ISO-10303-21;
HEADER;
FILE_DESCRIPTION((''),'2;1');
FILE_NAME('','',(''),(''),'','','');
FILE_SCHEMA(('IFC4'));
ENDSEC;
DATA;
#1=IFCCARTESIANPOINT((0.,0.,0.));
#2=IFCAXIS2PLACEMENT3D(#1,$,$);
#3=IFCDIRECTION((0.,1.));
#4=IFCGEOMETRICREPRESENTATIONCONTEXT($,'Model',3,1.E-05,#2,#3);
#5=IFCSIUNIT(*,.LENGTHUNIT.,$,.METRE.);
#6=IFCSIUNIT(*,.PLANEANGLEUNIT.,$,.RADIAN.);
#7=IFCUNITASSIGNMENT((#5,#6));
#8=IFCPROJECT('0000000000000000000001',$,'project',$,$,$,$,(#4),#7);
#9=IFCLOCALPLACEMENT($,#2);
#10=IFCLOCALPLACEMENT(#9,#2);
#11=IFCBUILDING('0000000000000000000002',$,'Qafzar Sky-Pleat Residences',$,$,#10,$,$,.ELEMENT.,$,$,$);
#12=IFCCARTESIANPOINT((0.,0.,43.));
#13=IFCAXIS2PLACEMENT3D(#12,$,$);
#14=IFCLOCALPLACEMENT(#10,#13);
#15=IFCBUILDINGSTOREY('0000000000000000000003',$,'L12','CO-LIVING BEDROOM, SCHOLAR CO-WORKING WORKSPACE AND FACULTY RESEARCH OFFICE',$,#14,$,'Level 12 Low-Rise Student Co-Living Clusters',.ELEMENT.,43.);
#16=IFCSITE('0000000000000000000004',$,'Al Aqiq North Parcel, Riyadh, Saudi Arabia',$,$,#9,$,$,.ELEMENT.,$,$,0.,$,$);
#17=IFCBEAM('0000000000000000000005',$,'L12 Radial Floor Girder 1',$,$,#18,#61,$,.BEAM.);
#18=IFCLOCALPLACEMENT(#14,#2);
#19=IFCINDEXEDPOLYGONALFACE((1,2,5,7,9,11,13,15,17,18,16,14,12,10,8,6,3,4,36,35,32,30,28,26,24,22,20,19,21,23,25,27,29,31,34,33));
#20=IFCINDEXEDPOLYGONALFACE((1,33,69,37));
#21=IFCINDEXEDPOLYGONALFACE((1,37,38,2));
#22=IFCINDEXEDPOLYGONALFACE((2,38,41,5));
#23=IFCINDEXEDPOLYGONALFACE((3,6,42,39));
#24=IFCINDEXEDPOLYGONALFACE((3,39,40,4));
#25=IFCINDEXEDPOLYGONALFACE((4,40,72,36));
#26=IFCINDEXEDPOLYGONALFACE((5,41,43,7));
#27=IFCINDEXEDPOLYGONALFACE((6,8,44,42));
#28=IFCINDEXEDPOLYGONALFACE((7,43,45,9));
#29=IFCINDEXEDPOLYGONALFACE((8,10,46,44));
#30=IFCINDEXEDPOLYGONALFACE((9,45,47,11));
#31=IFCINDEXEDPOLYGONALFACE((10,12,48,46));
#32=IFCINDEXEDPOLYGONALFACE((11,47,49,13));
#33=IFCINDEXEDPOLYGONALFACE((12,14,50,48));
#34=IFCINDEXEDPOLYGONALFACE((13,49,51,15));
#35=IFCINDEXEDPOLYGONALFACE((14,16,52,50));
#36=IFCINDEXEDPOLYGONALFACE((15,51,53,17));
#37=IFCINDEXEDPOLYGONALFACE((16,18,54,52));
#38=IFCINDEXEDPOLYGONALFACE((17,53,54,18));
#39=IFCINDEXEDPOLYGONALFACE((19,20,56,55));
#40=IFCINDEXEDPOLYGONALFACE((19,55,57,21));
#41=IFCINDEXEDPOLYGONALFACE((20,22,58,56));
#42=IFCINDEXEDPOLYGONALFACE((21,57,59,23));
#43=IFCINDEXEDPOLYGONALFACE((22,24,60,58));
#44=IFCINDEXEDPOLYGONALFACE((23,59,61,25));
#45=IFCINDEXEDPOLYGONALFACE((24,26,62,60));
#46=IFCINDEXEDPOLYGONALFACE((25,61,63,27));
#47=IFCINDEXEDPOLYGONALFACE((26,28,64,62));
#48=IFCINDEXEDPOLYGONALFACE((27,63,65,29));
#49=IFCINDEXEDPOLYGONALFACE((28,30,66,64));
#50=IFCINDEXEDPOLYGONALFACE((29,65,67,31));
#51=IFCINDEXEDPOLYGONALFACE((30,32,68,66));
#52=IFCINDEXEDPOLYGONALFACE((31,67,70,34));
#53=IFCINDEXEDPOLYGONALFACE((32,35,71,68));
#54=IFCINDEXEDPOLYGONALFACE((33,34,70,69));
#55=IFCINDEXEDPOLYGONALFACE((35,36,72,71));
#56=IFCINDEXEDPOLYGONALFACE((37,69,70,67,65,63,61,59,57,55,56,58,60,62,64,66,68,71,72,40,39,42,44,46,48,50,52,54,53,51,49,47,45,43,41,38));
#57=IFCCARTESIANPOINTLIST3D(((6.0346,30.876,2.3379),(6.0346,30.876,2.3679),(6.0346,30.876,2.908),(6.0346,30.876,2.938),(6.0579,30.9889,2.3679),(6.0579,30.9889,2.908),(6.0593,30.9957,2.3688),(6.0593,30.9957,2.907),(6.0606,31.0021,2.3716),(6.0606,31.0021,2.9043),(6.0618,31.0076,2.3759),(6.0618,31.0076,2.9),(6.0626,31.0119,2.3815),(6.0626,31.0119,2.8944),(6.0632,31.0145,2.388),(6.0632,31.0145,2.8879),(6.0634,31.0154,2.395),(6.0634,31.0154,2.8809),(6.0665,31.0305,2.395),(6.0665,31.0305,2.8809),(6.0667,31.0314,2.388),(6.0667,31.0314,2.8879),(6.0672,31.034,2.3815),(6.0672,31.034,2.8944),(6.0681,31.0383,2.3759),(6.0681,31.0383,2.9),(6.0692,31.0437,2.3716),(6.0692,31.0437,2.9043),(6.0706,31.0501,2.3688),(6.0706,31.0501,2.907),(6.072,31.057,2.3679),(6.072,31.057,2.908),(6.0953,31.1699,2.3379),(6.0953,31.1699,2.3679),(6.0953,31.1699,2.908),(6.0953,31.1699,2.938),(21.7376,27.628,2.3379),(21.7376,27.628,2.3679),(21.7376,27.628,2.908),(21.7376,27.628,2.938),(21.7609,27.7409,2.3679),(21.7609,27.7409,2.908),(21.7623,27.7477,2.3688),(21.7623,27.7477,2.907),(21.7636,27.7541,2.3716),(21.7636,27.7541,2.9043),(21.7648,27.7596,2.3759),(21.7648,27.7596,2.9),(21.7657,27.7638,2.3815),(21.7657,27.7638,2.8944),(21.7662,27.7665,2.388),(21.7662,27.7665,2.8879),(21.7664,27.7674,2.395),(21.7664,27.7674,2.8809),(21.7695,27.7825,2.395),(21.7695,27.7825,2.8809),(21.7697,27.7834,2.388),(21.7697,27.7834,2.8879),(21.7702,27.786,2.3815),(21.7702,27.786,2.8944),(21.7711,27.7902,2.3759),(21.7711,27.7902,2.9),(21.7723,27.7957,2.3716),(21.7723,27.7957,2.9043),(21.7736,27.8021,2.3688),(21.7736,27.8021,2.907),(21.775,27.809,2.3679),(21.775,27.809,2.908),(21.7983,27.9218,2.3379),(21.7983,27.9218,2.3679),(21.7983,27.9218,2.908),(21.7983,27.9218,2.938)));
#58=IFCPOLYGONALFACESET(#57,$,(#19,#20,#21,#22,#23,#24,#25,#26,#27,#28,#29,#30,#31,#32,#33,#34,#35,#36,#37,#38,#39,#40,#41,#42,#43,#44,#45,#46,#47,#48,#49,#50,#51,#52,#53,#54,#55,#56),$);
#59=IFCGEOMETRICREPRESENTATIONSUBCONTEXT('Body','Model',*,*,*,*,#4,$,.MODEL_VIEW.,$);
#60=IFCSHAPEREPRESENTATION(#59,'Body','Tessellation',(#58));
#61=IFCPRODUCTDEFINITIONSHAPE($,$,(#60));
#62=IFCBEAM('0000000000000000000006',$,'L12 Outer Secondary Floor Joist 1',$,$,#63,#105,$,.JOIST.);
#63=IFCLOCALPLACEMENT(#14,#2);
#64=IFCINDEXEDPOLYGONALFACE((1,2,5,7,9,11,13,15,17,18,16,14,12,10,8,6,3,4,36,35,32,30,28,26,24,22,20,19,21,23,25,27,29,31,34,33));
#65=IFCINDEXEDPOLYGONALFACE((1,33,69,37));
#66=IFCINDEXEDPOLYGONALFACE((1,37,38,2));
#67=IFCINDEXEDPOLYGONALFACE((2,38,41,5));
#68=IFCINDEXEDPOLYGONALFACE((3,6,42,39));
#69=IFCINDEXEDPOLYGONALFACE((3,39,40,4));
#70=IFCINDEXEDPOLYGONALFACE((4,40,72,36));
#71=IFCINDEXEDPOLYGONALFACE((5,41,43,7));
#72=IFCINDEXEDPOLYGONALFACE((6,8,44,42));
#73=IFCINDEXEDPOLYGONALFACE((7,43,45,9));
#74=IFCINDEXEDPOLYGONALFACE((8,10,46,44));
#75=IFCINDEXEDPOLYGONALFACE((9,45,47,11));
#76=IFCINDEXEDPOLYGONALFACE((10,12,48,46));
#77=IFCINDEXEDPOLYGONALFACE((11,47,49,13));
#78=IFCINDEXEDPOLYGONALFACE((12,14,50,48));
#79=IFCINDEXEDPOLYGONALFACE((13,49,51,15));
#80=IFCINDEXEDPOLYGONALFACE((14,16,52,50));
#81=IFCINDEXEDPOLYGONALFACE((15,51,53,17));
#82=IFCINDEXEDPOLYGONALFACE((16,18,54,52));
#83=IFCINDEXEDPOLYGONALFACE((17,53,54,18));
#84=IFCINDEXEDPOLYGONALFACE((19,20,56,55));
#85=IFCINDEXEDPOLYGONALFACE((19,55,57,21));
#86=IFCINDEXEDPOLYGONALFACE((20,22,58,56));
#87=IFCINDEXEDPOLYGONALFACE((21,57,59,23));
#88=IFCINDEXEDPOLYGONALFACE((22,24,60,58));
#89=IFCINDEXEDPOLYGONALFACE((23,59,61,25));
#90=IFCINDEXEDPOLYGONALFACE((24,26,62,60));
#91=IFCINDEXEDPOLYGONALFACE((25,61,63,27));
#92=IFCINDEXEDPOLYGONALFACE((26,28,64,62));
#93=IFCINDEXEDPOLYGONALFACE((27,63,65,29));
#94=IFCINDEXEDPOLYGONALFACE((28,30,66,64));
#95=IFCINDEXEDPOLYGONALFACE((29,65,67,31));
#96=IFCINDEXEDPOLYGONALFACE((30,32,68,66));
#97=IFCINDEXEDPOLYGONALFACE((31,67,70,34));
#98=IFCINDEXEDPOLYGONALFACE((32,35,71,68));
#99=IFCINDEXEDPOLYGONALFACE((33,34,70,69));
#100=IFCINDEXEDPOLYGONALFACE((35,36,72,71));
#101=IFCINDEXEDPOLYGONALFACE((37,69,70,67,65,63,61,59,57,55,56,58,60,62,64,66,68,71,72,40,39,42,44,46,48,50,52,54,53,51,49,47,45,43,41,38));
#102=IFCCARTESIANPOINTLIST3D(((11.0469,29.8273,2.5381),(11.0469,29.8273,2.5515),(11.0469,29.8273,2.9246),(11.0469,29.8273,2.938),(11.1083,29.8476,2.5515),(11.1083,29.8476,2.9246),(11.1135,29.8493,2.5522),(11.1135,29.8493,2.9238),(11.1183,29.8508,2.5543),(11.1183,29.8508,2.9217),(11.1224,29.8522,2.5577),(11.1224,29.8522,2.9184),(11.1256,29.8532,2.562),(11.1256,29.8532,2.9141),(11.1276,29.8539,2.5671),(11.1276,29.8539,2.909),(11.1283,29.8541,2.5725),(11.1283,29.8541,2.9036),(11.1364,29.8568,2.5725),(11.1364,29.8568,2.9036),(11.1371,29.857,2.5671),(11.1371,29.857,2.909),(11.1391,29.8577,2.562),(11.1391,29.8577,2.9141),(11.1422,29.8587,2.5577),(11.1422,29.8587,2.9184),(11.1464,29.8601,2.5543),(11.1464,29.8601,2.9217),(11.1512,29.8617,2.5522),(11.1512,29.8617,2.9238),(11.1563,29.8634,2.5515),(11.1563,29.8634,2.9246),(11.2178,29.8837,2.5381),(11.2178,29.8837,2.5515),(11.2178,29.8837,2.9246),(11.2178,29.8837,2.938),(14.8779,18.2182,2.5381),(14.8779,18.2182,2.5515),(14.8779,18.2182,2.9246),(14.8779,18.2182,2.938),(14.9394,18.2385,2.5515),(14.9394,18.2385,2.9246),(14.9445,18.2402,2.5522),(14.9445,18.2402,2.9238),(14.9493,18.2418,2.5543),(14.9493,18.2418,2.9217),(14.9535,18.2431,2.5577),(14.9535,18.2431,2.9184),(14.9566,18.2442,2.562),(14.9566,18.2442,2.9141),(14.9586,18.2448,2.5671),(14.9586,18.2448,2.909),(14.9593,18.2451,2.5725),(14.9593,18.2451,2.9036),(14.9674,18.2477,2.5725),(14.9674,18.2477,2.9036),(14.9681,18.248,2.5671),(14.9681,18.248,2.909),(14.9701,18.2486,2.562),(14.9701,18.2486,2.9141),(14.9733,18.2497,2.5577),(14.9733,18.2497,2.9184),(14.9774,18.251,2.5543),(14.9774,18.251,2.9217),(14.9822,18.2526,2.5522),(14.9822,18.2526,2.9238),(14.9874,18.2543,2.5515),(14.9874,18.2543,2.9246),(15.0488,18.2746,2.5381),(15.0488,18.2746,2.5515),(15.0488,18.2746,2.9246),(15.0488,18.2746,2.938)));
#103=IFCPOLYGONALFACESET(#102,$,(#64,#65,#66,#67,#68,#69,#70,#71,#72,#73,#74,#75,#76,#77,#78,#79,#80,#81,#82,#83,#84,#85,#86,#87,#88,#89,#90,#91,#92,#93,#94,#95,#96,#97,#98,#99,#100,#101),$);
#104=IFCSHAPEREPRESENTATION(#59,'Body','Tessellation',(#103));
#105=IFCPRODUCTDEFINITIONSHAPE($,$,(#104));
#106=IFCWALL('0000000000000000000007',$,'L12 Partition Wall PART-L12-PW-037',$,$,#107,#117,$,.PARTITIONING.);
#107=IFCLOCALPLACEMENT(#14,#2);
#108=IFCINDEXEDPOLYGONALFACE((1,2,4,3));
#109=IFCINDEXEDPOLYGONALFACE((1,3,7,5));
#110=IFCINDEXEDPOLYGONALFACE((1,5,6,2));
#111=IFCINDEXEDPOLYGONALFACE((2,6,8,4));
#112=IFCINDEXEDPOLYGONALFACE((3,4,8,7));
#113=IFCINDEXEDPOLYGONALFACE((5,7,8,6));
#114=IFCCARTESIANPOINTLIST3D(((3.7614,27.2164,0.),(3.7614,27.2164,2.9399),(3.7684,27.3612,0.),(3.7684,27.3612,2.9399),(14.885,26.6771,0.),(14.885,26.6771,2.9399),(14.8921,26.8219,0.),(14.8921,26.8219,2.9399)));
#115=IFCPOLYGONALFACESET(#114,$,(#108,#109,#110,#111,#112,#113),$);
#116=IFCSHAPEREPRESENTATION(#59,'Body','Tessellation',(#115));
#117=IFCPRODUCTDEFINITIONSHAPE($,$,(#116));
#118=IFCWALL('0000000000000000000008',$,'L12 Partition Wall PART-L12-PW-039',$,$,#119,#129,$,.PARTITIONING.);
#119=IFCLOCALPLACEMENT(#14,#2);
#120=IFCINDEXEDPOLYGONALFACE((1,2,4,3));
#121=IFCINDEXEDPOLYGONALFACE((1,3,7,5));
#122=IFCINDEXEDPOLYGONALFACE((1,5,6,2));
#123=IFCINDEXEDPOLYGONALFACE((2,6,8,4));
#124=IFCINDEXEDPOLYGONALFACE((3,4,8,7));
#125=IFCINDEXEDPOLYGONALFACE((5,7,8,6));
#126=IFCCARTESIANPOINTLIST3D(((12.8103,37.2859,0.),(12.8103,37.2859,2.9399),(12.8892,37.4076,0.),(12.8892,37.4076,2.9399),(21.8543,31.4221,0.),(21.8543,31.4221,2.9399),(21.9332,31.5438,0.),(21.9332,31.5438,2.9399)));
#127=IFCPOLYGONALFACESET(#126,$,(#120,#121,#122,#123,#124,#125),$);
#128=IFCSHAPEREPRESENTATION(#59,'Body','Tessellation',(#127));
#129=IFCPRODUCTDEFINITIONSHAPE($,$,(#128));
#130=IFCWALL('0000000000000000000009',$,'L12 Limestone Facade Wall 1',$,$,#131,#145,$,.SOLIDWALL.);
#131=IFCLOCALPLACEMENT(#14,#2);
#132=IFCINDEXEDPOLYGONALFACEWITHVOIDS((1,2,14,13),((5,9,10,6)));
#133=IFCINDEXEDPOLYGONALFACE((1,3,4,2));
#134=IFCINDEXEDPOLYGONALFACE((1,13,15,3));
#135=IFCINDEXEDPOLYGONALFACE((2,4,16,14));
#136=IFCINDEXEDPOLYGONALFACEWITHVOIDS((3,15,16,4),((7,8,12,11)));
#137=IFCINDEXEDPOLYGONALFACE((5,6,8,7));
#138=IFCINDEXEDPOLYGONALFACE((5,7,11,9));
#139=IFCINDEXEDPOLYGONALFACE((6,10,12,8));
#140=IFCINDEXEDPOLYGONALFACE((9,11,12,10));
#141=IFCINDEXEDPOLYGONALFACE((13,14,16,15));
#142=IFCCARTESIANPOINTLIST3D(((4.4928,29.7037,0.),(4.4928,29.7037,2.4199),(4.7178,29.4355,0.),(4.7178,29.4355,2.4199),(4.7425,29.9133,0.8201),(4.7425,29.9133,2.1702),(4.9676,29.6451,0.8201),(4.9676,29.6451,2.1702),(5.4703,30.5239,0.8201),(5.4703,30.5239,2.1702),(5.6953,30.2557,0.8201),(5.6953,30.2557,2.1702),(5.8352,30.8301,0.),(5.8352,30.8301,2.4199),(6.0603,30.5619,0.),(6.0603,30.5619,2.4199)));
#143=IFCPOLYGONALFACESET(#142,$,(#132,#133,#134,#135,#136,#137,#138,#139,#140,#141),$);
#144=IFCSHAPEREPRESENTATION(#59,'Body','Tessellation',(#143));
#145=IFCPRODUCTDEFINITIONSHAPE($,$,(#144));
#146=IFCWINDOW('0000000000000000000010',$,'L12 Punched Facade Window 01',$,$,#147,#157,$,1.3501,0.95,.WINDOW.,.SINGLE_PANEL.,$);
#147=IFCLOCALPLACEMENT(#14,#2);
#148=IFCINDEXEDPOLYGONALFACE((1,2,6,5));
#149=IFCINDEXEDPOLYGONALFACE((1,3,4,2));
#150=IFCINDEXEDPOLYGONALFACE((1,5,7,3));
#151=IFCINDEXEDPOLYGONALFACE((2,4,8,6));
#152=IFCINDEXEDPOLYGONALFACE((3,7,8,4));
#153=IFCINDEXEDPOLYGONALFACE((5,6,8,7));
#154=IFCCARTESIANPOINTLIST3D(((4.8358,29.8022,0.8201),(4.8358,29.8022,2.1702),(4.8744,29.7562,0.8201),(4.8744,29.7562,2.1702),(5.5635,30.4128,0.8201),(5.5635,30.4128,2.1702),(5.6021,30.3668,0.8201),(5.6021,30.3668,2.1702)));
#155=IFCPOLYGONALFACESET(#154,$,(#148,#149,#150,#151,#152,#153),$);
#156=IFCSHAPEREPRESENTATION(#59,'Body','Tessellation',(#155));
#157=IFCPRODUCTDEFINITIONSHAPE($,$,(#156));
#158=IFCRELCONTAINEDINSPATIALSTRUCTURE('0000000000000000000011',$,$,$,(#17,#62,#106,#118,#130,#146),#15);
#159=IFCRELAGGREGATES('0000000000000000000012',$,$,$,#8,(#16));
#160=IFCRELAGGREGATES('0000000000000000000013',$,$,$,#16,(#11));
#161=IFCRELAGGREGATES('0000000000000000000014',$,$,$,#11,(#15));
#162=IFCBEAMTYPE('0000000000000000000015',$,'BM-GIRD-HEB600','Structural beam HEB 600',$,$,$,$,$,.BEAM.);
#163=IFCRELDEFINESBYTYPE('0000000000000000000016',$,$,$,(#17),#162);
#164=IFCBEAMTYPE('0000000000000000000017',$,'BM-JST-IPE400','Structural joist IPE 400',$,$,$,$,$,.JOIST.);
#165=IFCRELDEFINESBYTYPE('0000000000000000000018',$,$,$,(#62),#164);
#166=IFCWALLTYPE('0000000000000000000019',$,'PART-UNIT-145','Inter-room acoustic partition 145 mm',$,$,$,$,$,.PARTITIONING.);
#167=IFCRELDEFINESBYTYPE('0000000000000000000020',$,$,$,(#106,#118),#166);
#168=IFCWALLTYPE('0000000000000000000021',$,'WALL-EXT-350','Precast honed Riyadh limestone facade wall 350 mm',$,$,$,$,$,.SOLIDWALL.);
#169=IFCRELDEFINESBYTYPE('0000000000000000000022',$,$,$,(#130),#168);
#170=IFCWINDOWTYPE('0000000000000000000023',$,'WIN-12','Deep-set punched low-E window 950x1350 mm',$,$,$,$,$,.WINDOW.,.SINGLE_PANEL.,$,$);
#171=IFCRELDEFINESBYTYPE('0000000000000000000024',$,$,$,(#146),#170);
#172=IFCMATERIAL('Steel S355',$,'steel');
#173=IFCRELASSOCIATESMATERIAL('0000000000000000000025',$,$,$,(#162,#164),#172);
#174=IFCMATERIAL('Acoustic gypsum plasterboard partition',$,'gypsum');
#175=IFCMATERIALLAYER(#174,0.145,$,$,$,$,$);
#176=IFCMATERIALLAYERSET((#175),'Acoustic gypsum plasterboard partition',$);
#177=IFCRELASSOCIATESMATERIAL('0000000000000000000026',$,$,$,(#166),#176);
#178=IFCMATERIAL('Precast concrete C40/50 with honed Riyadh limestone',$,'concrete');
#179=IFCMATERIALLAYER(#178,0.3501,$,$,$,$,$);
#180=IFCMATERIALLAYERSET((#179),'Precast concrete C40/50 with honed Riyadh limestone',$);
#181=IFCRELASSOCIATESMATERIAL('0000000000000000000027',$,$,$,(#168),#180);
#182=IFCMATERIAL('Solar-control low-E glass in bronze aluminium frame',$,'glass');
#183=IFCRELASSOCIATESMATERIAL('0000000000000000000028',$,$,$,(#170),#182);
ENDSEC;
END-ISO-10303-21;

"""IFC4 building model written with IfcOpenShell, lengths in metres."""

from ifc_helpers import new_model, si_unit, direction, frame, frame_2d, origin, origin_2d, place, context, subcontext, project, spatial, rectangle, i_section, extrude, source, transform, mapped, material, layer, layer_set, material_profile, profile_set, type_object, element, fill, save


model = new_model("IFC4")

# Units and contexts
model_context = context("Model", 3, precision=1e-05, world=origin(), true_north=direction((0.0, 1.0)))
body_context = subcontext(model_context, "Body", "Model", "MODEL_VIEW")
ifc_project = project(units=[si_unit("LENGTHUNIT", "METRE"), si_unit("PLANEANGLEUNIT", "RADIAN")], contexts=[model_context])

# Site, building, storey
site_placement = place(None, origin())
site = spatial("IfcSite", under=ifc_project, at=site_placement, Name="Al Aqiq North Parcel, Riyadh, Saudi Arabia", CompositionType="ELEMENT", RefElevation=0.0)
building_placement = place(site_placement, origin())
building = spatial("IfcBuilding", under=site, at=building_placement, Name="Qafzar Sky-Pleat Residences", CompositionType="ELEMENT")
storey_placement = place(building_placement, frame((0.0, 0.0, 43.0)))
storey = spatial("IfcBuildingStorey", under=building, at=storey_placement, Name="L12", Description="CO-LIVING BEDROOM, SCHOLAR CO-WORKING WORKSPACE AND FACULTY RESEARCH OFFICE", LongName="Level 12 Low-Rise Student Co-Living Clusters", CompositionType="ELEMENT", Elevation=43.0)

# Beams
ifc_material_1 = material(Name="Steel S355", Category="steel")
ifc_material_profile_1 = material_profile(ifc_material_1, i_section(OverallWidth=0.3, OverallDepth=0.6001, WebThickness=0.0154, FlangeThickness=0.03, FilletRadius=0.0271, at=origin_2d()), Name="HEB 600")
ifc_profile_set_1 = profile_set([ifc_material_profile_1], Name="Steel S355")
beam_type_1 = type_object("IfcBeamType", Name="BM-GIRD-HEB600", Description="Structural beam HEB 600", PredefinedType="BEAM", material=ifc_profile_set_1)
shared_shape_1 = source(origin(), body_context, "Body", "SweptSolid", [
    extrude(i_section(OverallWidth=0.3, OverallDepth=0.6001, WebThickness=0.0154, FlangeThickness=0.03, FilletRadius=0.0271, at=origin_2d()), origin(), (0.0, 0.0, 1.0), 16.0354),
])
beam_1_placement = place(storey_placement, frame((6.0649, 31.0229, 2.6379), z_axis=(0.979271, -0.202553, 0.0), x_axis=(0.202553, 0.979271, 0.0)))
element("IfcBeam", 1, at=beam_1_placement, inside=storey, type_object=beam_type_1, Name="L12 Radial Floor Girder 1", PredefinedType="BEAM", context=body_context, shape_type="MappedRepresentation", body=[
    mapped(shared_shape_1, transform((0.0, 0.0, 0.0), x_axis=(1.0, 0.0, 0.0), y_axis=(0.0, 1.0, 0.0), z_axis=(0.0, 0.0, 1.0), scale=1.0)),
])
ifc_material_profile_2 = material_profile(ifc_material_1, i_section(OverallWidth=0.1799, OverallDepth=0.3999, WebThickness=0.0085, FlangeThickness=0.0134, FilletRadius=0.021, at=origin_2d()), Name="IPE 400")
ifc_profile_set_2 = profile_set([ifc_material_profile_2], Name="Steel S355")
beam_type_2 = type_object("IfcBeamType", Name="BM-JST-IPE400", Description="Structural joist IPE 400", PredefinedType="JOIST", material=ifc_profile_set_2)
shared_shape_2 = source(origin(), body_context, "Body", "SweptSolid", [
    extrude(i_section(OverallWidth=0.1799, OverallDepth=0.3999, WebThickness=0.0085, FlangeThickness=0.0134, FilletRadius=0.021, at=origin_2d()), origin(), (0.0, 0.0, 1.0), 12.2249),
])
beam_2_placement = place(storey_placement, frame((11.1323, 29.8555, 2.738), z_axis=(0.313381, -0.949628, 0.0), x_axis=(0.949628, 0.313381, 0.0)))
element("IfcBeam", 2, at=beam_2_placement, inside=storey, type_object=beam_type_2, Name="L12 Outer Secondary Floor Joist 1", PredefinedType="JOIST", context=body_context, shape_type="MappedRepresentation", body=[
    mapped(shared_shape_2, transform((0.0, 0.0, 0.0), x_axis=(1.0, 0.0, 0.0), y_axis=(0.0, 1.0, 0.0), z_axis=(0.0, 0.0, 1.0), scale=1.0)),
])

# Walls
ifc_material_2 = material(Name="Acoustic gypsum plasterboard partition", Category="gypsum")
ifc_layer_1 = layer(ifc_material_2, 0.145)
ifc_layer_set_1 = layer_set([ifc_layer_1], Name="Acoustic gypsum plasterboard partition")
wall_type_1 = type_object("IfcWallType", Name="PART-UNIT-145", Description="Inter-room acoustic partition 145 mm", PredefinedType="PARTITIONING", material=ifc_layer_set_1)
wall_1_placement = place(storey_placement, frame((3.7649, 27.2888, 0.0), z_axis=(0.0, 0.0, 1.0), x_axis=(0.998827, -0.048427, 0.0)))
element("IfcWall", 3, at=wall_1_placement, inside=storey, type_object=wall_type_1, Name="L12 Partition Wall PART-L12-PW-037", PredefinedType="PARTITIONING", context=body_context, shape_type="SweptSolid", body=[
    extrude(rectangle(XDim=11.1367, YDim=0.145, at=frame_2d((5.5684, 0.0))), origin(), (0.0, 0.0, 1.0), 2.9399),
])
wall_2_placement = place(storey_placement, frame((12.8499, 37.3467, 0.0), z_axis=(0.0, 0.0, 1.0), x_axis=(0.83907, -0.544023, 0.0)))
element("IfcWall", 4, at=wall_2_placement, inside=storey, type_object=wall_type_1, Name="L12 Partition Wall PART-L12-PW-039", PredefinedType="PARTITIONING", context=body_context, shape_type="SweptSolid", body=[
    extrude(rectangle(XDim=10.7786, YDim=0.145, at=frame_2d((5.3892, 0.0))), origin(), (0.0, 0.0, 1.0), 2.9399),
])

# Wall, opening, window
ifc_material_3 = material(Name="Precast concrete C40/50 with honed Riyadh limestone", Category="concrete")
ifc_layer_2 = layer(ifc_material_3, 0.3501)
ifc_layer_set_2 = layer_set([ifc_layer_2], Name="Precast concrete C40/50 with honed Riyadh limestone")
wall_type_2 = type_object("IfcWallType", Name="WALL-EXT-350", Description="Precast honed Riyadh limestone facade wall 350 mm", PredefinedType="SOLIDWALL", material=ifc_layer_set_2)
wall_3_placement = place(storey_placement, frame((5.9478, 30.696, 0.0), z_axis=(0.0, 0.0, 1.0), x_axis=(-0.766059, -0.642771, 0.0)))
wall_3 = element("IfcWall", 5, at=wall_3_placement, inside=storey, type_object=wall_type_2, Name="L12 Limestone Facade Wall 1", PredefinedType="SOLIDWALL", context=body_context, shape_type="SweptSolid", body=[
    extrude(rectangle(XDim=1.7524, YDim=0.3501, at=frame_2d((0.8762, 0.0))), origin(), (0.0, 0.0, 1.0), 2.4199),
])
opening_1_placement = place(wall_3_placement, frame((0.4763, 0.0, 0.8201)))
opening_1 = element("IfcOpeningElement", 6, at=opening_1_placement, cuts=wall_3, PredefinedType="OPENING", context=body_context, shape_type="SweptSolid", body=[
    extrude(rectangle(XDim=0.95, YDim=1.3501, at=frame_2d((0.4751, 0.675))), frame((0.0, 0.1851, 0.0), z_axis=(0.0, -1.0, 0.0), x_axis=(1.0, 0.0, 0.0)), (0.0, 0.0, 1.0), 0.3701),
])
ifc_material_4 = material(Name="Solar-control low-E glass in bronze aluminium frame", Category="glass")
window_type_1 = type_object("IfcWindowType", Name="WIN-12", Description="Deep-set punched low-E window 950x1350 mm", PartitioningType="SINGLE_PANEL", PredefinedType="WINDOW", material=ifc_material_4)
shared_shape_3 = source(origin(), body_context, "Body", "SweptSolid", [
    extrude(rectangle(XDim=0.95, YDim=1.3501, at=frame_2d((0.4751, 0.675))), frame((0.0, 0.03, 0.0), z_axis=(0.0, -1.0, 0.0), x_axis=(1.0, 0.0, 0.0)), (0.0, 0.0, 1.0), 0.0601),
])
window_1_placement = place(opening_1_placement, origin())
window_1 = element("IfcWindow", 7, at=window_1_placement, inside=storey, type_object=window_type_1, Name="L12 Punched Facade Window 01", OverallHeight=1.3501, OverallWidth=0.95, PartitioningType="SINGLE_PANEL", PredefinedType="WINDOW", context=body_context, shape_type="MappedRepresentation", body=[
    mapped(shared_shape_3, transform((0.0, 0.0, 0.0), x_axis=(1.0, 0.0, 0.0), y_axis=(0.0, 1.0, 0.0), z_axis=(0.0, 0.0, 1.0), scale=1.0)),
])
fill(opening_1, window_1)

save(model, "model.ifc")
